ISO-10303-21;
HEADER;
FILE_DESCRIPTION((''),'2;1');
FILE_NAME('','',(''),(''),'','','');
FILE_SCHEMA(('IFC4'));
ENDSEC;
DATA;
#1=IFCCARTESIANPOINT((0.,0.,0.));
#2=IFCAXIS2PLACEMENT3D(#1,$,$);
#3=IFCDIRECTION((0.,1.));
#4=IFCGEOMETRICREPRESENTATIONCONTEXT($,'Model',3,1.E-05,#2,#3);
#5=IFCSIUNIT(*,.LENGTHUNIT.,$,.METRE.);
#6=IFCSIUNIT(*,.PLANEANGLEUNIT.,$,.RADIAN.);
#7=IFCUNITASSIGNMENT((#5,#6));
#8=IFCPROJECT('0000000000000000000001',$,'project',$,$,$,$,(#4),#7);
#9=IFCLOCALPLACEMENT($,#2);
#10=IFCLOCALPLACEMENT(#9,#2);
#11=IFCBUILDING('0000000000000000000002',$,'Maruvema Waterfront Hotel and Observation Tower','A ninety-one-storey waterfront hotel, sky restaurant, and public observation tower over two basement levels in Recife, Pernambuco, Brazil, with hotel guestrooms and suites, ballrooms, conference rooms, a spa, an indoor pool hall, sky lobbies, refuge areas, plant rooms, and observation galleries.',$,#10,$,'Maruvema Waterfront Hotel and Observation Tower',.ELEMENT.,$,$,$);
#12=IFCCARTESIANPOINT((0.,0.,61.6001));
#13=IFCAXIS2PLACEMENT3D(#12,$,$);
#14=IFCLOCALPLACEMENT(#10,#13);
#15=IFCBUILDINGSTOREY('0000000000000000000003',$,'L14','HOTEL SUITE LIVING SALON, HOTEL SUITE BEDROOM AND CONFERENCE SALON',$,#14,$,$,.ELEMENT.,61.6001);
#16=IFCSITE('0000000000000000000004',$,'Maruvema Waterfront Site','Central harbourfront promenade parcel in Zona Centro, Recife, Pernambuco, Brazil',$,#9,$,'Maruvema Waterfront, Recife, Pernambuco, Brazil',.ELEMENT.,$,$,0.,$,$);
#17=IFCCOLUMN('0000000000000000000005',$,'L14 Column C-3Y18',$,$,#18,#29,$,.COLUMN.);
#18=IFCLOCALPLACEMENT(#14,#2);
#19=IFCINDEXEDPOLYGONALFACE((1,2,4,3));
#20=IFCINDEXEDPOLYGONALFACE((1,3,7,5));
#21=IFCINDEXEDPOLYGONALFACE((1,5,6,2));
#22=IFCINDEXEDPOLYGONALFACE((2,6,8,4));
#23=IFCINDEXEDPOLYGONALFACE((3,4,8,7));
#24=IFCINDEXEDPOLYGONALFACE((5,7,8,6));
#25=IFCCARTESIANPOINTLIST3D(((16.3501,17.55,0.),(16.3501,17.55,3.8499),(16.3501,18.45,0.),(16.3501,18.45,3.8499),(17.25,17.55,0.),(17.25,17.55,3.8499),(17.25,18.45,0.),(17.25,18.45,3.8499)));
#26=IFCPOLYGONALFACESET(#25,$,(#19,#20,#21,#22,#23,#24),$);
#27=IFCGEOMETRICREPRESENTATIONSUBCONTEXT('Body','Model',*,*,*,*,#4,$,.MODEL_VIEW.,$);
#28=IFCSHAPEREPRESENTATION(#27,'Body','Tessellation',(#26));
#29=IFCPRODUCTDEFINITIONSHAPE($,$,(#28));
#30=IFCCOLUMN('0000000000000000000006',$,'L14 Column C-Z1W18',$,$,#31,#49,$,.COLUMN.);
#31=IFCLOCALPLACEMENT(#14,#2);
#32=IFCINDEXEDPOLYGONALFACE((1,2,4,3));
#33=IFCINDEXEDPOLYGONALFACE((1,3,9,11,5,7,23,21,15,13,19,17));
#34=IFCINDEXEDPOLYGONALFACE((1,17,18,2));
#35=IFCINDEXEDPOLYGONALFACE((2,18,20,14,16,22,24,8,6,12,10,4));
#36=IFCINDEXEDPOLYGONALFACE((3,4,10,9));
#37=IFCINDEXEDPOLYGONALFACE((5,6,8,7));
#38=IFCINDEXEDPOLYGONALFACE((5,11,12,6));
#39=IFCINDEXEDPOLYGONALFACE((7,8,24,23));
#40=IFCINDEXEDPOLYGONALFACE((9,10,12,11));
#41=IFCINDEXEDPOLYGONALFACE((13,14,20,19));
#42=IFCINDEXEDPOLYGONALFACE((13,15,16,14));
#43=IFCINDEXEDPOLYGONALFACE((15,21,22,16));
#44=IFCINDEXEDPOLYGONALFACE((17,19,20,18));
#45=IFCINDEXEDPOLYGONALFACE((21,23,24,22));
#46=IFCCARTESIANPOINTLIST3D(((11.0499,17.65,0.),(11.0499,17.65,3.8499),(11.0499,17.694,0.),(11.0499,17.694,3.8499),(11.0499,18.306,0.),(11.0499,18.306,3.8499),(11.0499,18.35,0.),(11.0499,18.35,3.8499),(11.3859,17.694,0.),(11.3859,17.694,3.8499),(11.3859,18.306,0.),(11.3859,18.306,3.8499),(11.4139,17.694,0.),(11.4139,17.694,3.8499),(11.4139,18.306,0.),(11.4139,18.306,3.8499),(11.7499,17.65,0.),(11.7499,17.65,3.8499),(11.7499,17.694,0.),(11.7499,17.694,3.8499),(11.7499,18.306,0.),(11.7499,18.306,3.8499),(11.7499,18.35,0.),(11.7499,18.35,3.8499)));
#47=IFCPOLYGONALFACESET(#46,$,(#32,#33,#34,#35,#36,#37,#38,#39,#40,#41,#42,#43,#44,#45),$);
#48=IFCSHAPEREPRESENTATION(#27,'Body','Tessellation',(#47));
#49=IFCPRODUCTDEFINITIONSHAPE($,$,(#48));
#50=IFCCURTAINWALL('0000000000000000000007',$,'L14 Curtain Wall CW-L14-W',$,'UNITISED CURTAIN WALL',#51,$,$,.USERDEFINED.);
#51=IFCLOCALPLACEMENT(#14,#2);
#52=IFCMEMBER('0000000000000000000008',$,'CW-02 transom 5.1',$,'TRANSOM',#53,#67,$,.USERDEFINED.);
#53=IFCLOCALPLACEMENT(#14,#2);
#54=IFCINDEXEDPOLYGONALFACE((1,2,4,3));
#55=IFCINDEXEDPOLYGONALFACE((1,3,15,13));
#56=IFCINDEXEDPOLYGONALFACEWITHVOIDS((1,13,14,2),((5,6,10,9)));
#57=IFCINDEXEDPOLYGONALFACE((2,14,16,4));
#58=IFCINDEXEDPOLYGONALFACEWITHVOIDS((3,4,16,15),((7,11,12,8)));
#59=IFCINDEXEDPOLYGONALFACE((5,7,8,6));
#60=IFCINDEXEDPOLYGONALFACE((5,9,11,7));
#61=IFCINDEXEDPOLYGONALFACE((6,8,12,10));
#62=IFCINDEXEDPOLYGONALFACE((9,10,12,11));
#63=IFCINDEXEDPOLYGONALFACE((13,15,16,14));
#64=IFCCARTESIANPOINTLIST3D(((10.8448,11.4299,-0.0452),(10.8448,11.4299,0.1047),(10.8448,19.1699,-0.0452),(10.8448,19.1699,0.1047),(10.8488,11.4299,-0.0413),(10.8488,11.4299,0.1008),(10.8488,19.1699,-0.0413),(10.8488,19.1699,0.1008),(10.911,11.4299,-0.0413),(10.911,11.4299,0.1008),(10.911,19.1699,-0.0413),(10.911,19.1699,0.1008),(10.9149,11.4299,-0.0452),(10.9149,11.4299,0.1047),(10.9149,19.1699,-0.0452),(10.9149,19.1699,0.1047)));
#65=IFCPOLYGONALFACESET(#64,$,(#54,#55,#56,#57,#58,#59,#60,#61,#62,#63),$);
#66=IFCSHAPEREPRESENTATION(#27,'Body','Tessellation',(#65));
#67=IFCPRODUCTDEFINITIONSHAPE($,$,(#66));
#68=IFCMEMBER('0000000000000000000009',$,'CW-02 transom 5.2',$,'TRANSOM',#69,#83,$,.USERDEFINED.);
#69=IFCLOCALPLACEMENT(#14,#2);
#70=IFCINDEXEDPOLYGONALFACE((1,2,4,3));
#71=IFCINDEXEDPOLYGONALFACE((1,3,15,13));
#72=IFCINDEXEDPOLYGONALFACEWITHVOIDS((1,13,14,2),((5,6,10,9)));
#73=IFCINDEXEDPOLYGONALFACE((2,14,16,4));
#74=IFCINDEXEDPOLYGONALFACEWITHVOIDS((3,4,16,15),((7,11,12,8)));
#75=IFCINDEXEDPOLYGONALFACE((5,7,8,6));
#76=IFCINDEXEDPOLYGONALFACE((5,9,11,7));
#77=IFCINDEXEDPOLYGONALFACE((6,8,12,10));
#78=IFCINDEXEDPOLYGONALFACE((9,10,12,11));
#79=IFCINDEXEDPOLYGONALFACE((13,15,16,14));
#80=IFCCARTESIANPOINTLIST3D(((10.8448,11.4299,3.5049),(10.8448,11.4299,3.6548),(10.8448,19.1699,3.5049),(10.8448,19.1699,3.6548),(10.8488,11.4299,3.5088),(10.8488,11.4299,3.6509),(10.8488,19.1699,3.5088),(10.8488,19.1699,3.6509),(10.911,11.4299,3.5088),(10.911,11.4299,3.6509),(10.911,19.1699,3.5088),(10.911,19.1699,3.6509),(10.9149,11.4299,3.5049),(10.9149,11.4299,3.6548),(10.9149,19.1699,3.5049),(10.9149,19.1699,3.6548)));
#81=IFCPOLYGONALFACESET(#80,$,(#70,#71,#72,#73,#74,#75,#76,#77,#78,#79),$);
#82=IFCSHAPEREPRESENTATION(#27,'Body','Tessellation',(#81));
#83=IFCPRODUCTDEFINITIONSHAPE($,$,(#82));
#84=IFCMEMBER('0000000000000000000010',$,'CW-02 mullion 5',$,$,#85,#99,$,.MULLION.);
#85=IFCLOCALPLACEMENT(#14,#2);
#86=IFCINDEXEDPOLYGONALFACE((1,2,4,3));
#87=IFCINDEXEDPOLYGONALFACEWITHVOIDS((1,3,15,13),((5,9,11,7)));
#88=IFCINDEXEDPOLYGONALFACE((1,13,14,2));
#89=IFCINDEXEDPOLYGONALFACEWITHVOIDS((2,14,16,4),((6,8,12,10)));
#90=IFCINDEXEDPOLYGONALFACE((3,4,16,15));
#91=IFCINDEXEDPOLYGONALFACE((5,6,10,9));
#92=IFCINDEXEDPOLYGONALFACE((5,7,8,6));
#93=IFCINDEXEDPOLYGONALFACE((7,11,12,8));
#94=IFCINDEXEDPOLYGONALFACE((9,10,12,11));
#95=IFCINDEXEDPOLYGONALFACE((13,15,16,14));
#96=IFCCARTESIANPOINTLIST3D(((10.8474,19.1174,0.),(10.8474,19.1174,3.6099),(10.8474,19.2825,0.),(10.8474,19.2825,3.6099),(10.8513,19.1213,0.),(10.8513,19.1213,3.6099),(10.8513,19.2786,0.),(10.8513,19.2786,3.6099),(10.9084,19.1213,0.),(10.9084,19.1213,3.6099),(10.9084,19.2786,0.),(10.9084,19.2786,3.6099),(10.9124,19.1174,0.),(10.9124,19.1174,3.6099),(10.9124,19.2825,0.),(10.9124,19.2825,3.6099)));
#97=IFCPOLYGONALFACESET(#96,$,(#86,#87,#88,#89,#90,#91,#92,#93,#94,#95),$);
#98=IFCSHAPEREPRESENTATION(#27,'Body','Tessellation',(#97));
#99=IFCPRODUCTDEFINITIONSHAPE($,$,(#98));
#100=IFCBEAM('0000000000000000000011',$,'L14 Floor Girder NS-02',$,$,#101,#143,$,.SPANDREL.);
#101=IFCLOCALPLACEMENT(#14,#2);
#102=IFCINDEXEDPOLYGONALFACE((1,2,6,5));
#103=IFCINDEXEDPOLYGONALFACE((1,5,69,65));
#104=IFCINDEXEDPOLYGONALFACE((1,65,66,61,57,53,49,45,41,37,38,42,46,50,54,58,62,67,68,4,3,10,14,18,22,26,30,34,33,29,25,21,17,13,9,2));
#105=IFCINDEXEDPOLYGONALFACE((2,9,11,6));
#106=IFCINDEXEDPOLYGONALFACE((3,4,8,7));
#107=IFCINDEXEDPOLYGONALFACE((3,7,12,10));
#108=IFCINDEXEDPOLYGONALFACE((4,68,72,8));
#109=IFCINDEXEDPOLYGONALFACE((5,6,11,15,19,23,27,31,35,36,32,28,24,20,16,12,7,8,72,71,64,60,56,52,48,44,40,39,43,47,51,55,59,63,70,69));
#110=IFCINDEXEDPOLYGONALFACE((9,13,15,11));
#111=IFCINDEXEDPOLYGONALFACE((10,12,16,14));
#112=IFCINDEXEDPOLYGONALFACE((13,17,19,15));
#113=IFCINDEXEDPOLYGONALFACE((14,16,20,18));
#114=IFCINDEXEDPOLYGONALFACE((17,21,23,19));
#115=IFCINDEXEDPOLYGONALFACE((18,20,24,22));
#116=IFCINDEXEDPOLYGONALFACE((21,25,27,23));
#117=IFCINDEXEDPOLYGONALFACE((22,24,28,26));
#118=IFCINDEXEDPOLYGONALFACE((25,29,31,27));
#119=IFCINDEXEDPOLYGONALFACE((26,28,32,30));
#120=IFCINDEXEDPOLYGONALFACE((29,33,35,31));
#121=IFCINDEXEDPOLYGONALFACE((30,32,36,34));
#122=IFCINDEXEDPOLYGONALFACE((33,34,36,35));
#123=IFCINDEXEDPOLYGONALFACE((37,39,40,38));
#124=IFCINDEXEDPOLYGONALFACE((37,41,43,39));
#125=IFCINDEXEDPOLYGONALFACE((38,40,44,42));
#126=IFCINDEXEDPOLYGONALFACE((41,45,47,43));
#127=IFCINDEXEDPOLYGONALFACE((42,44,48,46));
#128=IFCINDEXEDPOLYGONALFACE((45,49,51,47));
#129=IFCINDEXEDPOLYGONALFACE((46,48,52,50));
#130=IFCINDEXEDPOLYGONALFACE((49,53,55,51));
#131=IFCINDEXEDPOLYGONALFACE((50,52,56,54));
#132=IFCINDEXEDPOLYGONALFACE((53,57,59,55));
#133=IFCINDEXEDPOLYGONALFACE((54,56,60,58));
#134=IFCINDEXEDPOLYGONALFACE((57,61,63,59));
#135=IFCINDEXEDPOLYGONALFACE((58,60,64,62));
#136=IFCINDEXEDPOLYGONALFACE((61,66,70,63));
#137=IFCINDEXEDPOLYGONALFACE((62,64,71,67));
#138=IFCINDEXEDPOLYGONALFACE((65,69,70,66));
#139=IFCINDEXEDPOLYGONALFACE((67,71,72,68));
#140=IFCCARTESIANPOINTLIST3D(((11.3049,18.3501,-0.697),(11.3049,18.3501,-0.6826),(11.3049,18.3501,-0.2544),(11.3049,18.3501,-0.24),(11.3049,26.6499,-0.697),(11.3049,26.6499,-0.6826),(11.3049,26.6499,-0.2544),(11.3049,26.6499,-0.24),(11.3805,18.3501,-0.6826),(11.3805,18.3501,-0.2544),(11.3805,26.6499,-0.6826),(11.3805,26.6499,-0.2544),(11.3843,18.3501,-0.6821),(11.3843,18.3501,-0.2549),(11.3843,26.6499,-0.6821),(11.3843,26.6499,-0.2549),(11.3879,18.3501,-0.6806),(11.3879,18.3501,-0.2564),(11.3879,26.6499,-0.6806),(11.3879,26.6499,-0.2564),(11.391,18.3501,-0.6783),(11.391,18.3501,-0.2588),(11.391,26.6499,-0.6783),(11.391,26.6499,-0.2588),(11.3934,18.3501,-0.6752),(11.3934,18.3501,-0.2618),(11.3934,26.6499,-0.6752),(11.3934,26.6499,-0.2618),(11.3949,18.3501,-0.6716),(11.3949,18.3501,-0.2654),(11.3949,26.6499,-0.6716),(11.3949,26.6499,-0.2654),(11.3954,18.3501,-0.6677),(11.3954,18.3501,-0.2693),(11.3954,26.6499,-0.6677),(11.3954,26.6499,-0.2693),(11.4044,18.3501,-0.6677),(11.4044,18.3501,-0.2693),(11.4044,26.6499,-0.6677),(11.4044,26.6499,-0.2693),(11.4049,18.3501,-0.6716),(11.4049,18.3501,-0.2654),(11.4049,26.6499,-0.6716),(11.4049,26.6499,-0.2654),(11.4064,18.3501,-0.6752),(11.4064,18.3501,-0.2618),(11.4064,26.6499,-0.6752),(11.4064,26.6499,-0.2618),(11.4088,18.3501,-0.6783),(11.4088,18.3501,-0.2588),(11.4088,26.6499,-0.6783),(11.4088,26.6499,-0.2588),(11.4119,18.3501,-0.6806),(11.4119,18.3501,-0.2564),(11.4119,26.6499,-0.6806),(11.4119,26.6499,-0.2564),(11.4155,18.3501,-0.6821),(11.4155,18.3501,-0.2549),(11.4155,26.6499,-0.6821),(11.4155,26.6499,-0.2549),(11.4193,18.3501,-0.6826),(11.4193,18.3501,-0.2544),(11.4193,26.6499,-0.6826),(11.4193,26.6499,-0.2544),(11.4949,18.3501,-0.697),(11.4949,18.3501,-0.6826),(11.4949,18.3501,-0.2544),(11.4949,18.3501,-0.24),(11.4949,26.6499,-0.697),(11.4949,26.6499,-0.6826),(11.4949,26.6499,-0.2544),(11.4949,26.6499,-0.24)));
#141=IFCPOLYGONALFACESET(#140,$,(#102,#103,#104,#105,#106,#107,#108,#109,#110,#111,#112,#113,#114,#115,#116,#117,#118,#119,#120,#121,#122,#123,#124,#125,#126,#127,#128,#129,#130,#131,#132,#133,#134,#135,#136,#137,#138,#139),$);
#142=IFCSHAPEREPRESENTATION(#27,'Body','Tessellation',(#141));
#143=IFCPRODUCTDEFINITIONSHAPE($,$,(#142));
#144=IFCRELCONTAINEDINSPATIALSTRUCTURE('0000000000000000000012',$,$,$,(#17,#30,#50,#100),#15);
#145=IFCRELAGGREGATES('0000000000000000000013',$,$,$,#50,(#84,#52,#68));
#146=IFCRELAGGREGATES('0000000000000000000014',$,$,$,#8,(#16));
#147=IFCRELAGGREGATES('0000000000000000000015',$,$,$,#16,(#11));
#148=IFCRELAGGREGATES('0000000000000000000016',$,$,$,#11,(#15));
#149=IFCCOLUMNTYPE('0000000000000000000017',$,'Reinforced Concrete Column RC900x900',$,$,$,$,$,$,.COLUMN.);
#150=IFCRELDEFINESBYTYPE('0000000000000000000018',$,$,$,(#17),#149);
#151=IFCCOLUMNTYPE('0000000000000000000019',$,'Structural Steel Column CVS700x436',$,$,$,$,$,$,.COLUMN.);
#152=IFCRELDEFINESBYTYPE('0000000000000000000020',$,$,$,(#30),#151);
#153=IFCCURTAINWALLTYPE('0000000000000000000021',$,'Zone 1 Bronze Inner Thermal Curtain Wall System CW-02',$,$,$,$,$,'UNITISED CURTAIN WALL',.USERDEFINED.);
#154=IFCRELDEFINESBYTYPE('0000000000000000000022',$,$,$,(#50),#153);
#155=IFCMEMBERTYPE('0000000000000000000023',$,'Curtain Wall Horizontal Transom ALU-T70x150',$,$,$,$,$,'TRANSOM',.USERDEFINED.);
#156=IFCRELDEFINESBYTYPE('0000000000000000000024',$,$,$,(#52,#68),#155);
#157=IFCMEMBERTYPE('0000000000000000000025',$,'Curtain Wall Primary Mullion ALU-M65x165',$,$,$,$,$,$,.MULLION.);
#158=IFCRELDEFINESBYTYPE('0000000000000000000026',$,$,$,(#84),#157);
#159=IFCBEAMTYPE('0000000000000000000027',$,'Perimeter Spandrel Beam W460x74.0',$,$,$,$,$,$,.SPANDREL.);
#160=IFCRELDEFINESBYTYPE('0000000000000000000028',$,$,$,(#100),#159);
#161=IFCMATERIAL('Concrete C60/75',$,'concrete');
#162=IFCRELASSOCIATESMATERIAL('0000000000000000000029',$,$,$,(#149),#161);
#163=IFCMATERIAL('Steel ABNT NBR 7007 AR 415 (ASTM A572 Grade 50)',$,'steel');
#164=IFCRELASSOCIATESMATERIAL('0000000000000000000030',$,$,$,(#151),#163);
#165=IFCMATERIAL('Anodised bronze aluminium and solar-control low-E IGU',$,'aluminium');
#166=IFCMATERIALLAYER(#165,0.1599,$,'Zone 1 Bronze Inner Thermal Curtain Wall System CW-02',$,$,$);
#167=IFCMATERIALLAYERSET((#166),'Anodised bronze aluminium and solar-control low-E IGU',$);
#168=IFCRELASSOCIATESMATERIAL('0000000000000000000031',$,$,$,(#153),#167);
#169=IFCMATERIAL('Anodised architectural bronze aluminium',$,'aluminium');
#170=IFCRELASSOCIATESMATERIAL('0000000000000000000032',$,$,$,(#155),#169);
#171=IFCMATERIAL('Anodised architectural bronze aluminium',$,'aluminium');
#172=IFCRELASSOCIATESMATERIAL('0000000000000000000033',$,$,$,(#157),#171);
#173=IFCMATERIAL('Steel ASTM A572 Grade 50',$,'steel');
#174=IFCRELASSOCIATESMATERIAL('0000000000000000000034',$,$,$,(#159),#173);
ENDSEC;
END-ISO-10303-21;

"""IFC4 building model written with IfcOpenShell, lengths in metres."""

from ifc_helpers import new_model, si_unit, direction, frame, origin, origin_2d, place, context, subcontext, project, spatial, rectangle, hollow_rectangle, i_section, extrude, material, layer, layer_set, material_profile, profile_set, type_object, element, aggregate, save


model = new_model("IFC4")

# Units and contexts
model_context = context("Model", 3, precision=1e-05, world=origin(), true_north=direction((0.0, 1.0)))
body_context = subcontext(model_context, "Body", "Model", "MODEL_VIEW")
ifc_project = project(units=[si_unit("LENGTHUNIT", "METRE"), si_unit("PLANEANGLEUNIT", "RADIAN")], contexts=[model_context])

# Site, building, storey
site_placement = place(None, origin())
site = spatial("IfcSite", under=ifc_project, at=site_placement, Name="Maruvema Waterfront Site", Description="Central harbourfront promenade parcel in Zona Centro, Recife, Pernambuco, Brazil", LongName="Maruvema Waterfront, Recife, Pernambuco, Brazil", CompositionType="ELEMENT", RefElevation=0.0)
building_placement = place(site_placement, origin())
building = spatial("IfcBuilding", under=site, at=building_placement, Name="Maruvema Waterfront Hotel and Observation Tower", Description="A ninety-one-storey waterfront hotel, sky restaurant, and public observation tower over two basement levels in Recife, Pernambuco, Brazil, with hotel guestrooms and suites, ballrooms, conference rooms, a spa, an indoor pool hall, sky lobbies, refuge areas, plant rooms, and observation galleries.", LongName="Maruvema Waterfront Hotel and Observation Tower", CompositionType="ELEMENT")
storey_placement = place(building_placement, frame((0.0, 0.0, 61.6001)))
storey = spatial("IfcBuildingStorey", under=building, at=storey_placement, Name="L14", Description="HOTEL SUITE LIVING SALON, HOTEL SUITE BEDROOM AND CONFERENCE SALON", CompositionType="ELEMENT", Elevation=61.6001)

# Columns
ifc_material_1 = material(Name="Concrete C60/75", Category="concrete")
ifc_material_profile_1 = material_profile(ifc_material_1, rectangle(XDim=0.8999, YDim=0.8999, at=origin_2d()), Name="RC900x900")
ifc_profile_set_1 = profile_set([ifc_material_profile_1], Name="Concrete C60/75")
column_type_1 = type_object("IfcColumnType", Name="Reinforced Concrete Column RC900x900", PredefinedType="COLUMN", material=ifc_profile_set_1)
column_1_placement = place(storey_placement, frame((16.8, 18.0, 0.0), z_axis=(0.0, 0.0, 1.0), x_axis=(1.0, 0.0, 0.0)))
element("IfcColumn", 1, at=column_1_placement, inside=storey, type_object=column_type_1, Name="L14 Column C-3Y18", PredefinedType="COLUMN", context=body_context, shape_type="SweptSolid", body=[
    extrude(rectangle(XDim=0.8999, YDim=0.8999, at=origin_2d()), origin(), (0.0, 0.0, 1.0), 3.8499),
])
ifc_material_2 = material(Name="Steel ABNT NBR 7007 AR 415 (ASTM A572 Grade 50)", Category="steel")
ifc_material_profile_2 = material_profile(ifc_material_2, i_section(OverallWidth=0.7, OverallDepth=0.7, WebThickness=0.0281, FlangeThickness=0.0439, at=origin_2d()), Name="CVS700x436")
ifc_profile_set_2 = profile_set([ifc_material_profile_2], Name="Steel ABNT NBR 7007 AR 415 (ASTM A572 Grade 50)")
column_type_2 = type_object("IfcColumnType", Name="Structural Steel Column CVS700x436", PredefinedType="COLUMN", material=ifc_profile_set_2)
column_2_placement = place(storey_placement, frame((11.3999, 18.0, 0.0), z_axis=(0.0, 0.0, 1.0), x_axis=(1.0, 0.0, 0.0)))
element("IfcColumn", 2, at=column_2_placement, inside=storey, type_object=column_type_2, Name="L14 Column C-Z1W18", PredefinedType="COLUMN", context=body_context, shape_type="SweptSolid", body=[
    extrude(i_section(OverallWidth=0.7, OverallDepth=0.7, WebThickness=0.0281, FlangeThickness=0.0439, at=origin_2d()), origin(), (0.0, 0.0, 1.0), 3.8499),
])

# Curtain wall, members
ifc_material_3 = material(Name="Anodised bronze aluminium and solar-control low-E IGU", Category="aluminium")
ifc_layer_1 = layer(ifc_material_3, 0.1599, Name="Zone 1 Bronze Inner Thermal Curtain Wall System CW-02")
ifc_layer_set_1 = layer_set([ifc_layer_1], Name="Anodised bronze aluminium and solar-control low-E IGU")
curtain_wall_type = type_object("IfcCurtainWallType", Name="Zone 1 Bronze Inner Thermal Curtain Wall System CW-02", ElementType="UNITISED CURTAIN WALL", PredefinedType="USERDEFINED", material=ifc_layer_set_1)
curtain_wall_placement = place(storey_placement, origin())
curtain_wall = element("IfcCurtainWall", 3, at=curtain_wall_placement, inside=storey, type_object=curtain_wall_type, Name="L14 Curtain Wall CW-L14-W", ObjectType="UNITISED CURTAIN WALL", PredefinedType="USERDEFINED")
ifc_material_4 = material(Name="Anodised architectural bronze aluminium", Category="aluminium")
ifc_material_profile_3 = material_profile(ifc_material_4, hollow_rectangle(XDim=0.0701, YDim=0.1499, WallThickness=0.0039, at=origin_2d()), Name="ALU-T70x150")
ifc_profile_set_3 = profile_set([ifc_material_profile_3], Name="Anodised architectural bronze aluminium")
member_type_1 = type_object("IfcMemberType", Name="Curtain Wall Horizontal Transom ALU-T70x150", ElementType="TRANSOM", PredefinedType="USERDEFINED", material=ifc_profile_set_3)
member_1_placement = place(storey_placement, frame((10.8799, 19.1699, 0.0298), z_axis=(0.0, -1.0, 0.0), x_axis=(1.0, 0.0, 0.0)))
member_1 = element("IfcMember", 4, at=member_1_placement, type_object=member_type_1, Name="CW-02 transom 5.1", ObjectType="TRANSOM", PredefinedType="USERDEFINED", context=body_context, shape_type="SweptSolid", body=[
    extrude(hollow_rectangle(XDim=0.0701, YDim=0.1499, WallThickness=0.0039, at=origin_2d()), origin(), (0.0, 0.0, 1.0), 7.74),
])
member_2_placement = place(storey_placement, frame((10.8799, 19.1699, 3.5798), z_axis=(0.0, -1.0, 0.0), x_axis=(1.0, 0.0, 0.0)))
member_2 = element("IfcMember", 5, at=member_2_placement, type_object=member_type_1, Name="CW-02 transom 5.2", ObjectType="TRANSOM", PredefinedType="USERDEFINED", context=body_context, shape_type="SweptSolid", body=[
    extrude(hollow_rectangle(XDim=0.0701, YDim=0.1499, WallThickness=0.0039, at=origin_2d()), origin(), (0.0, 0.0, 1.0), 7.74),
])
ifc_material_5 = material(Name="Anodised architectural bronze aluminium", Category="aluminium")
ifc_material_profile_4 = material_profile(ifc_material_5, hollow_rectangle(XDim=0.0649, YDim=0.165, WallThickness=0.0039, at=origin_2d()), Name="ALU-M65x165")
ifc_profile_set_4 = profile_set([ifc_material_profile_4], Name="Anodised architectural bronze aluminium")
member_type_2 = type_object("IfcMemberType", Name="Curtain Wall Primary Mullion ALU-M65x165", PredefinedType="MULLION", material=ifc_profile_set_4)
member_3_placement = place(storey_placement, frame((10.8799, 19.2, 0.0), z_axis=(0.0, 0.0, 1.0), x_axis=(1.0, 0.0, 0.0)))
member_3 = element("IfcMember", 6, at=member_3_placement, type_object=member_type_2, Name="CW-02 mullion 5", PredefinedType="MULLION", context=body_context, shape_type="SweptSolid", body=[
    extrude(hollow_rectangle(XDim=0.0649, YDim=0.165, WallThickness=0.0039, at=origin_2d()), origin(), (0.0, 0.0, 1.0), 3.6099),
])
aggregate(curtain_wall, [member_3, member_1, member_2])

# Beam
ifc_material_6 = material(Name="Steel ASTM A572 Grade 50", Category="steel")
ifc_material_profile_5 = material_profile(ifc_material_6, i_section(OverallWidth=0.1899, OverallDepth=0.457, WebThickness=0.009, FlangeThickness=0.0144, FilletRadius=0.0149, at=origin_2d()), Name="W460x74.0")
ifc_profile_set_5 = profile_set([ifc_material_profile_5], Name="Steel ASTM A572 Grade 50")
beam_type_1 = type_object("IfcBeamType", Name="Perimeter Spandrel Beam W460x74.0", PredefinedType="SPANDREL", material=ifc_profile_set_5)
beam_1_placement = place(storey_placement, frame((11.3999, 18.3501, -0.4685), z_axis=(0.0, 1.0, 0.0), x_axis=(-1.0, 0.0, 0.0)))
element("IfcBeam", 7, at=beam_1_placement, inside=storey, type_object=beam_type_1, Name="L14 Floor Girder NS-02", PredefinedType="SPANDREL", context=body_context, shape_type="SweptSolid", body=[
    extrude(i_section(OverallWidth=0.1899, OverallDepth=0.457, WebThickness=0.009, FlangeThickness=0.0144, FilletRadius=0.0149, at=origin_2d()), origin(), (0.0, 0.0, 1.0), 8.2998),
])

save(model, "model.ifc")
